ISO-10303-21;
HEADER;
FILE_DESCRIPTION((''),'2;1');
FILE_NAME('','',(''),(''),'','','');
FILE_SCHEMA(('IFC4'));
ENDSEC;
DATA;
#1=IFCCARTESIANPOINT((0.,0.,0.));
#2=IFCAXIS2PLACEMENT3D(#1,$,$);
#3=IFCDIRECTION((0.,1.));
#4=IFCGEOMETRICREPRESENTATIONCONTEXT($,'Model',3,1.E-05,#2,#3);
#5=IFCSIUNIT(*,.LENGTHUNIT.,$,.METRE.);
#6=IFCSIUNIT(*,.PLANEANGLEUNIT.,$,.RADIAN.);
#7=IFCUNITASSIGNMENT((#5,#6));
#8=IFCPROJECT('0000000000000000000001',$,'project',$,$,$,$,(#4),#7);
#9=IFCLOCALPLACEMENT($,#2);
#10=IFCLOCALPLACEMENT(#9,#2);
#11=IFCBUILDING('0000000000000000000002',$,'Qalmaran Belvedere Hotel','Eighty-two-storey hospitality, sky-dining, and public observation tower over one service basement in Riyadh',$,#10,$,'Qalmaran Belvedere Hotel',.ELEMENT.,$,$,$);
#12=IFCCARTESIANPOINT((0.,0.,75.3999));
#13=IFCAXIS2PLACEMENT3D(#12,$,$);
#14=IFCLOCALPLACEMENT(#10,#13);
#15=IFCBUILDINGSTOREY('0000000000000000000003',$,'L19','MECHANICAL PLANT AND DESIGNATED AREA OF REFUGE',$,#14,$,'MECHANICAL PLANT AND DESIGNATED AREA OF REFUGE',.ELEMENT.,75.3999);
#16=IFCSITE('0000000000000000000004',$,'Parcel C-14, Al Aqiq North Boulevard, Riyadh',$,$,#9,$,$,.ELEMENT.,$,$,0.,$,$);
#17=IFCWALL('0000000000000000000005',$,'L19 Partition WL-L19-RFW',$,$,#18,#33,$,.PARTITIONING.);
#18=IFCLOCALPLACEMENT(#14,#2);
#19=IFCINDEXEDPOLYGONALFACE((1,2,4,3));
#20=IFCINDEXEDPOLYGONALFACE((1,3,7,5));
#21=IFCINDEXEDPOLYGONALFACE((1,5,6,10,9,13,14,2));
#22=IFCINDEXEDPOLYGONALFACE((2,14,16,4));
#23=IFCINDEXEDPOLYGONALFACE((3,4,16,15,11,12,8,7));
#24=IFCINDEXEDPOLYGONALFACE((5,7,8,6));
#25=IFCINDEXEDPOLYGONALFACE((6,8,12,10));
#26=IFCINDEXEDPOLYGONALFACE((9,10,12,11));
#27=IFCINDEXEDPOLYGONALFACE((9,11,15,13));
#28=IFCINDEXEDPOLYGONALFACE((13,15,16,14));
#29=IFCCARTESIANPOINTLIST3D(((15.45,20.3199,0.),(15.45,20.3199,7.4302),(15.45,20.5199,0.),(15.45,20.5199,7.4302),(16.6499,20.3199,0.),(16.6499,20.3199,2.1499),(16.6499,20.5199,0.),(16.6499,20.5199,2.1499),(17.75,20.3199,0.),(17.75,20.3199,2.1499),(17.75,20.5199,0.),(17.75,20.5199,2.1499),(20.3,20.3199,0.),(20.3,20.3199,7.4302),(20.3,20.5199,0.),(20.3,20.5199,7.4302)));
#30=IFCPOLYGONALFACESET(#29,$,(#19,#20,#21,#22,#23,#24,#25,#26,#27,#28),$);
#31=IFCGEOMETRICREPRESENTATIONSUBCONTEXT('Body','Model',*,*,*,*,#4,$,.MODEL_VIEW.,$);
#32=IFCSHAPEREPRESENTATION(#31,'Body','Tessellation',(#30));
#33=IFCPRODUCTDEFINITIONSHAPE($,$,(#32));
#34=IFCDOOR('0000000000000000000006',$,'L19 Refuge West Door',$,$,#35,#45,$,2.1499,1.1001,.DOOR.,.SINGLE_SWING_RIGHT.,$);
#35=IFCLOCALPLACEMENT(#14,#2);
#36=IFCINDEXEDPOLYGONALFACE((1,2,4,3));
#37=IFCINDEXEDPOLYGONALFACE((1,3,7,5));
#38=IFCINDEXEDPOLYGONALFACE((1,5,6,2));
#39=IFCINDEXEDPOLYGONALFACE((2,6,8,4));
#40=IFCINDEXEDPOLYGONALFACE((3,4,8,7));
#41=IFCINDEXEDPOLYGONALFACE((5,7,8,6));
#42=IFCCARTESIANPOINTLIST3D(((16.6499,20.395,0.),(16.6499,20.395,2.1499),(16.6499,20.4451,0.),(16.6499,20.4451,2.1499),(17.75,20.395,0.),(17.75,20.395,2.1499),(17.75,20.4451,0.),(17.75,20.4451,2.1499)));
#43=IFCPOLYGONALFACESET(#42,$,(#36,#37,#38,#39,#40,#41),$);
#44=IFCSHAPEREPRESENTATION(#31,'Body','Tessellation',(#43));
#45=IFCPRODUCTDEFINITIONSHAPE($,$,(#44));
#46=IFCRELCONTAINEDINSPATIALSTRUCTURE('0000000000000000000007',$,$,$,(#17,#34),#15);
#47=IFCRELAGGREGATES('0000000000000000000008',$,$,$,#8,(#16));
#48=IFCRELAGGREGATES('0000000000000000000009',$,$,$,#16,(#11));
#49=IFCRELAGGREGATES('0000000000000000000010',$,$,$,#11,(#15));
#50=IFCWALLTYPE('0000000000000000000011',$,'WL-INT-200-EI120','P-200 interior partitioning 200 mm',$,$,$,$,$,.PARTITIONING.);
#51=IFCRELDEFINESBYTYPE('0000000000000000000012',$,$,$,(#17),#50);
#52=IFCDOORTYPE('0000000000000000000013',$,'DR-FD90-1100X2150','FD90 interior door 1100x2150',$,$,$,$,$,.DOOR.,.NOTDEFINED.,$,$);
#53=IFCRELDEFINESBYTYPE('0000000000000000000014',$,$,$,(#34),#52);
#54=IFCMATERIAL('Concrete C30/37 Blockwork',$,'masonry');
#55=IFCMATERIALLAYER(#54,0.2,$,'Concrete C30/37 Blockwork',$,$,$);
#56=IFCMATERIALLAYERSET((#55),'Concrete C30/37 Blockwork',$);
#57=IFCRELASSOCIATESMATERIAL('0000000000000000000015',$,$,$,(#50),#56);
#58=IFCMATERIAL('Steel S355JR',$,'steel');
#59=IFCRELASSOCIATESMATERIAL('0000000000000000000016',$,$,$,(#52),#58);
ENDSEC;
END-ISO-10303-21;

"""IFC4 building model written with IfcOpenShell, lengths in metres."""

from ifc_helpers import new_model, si_unit, direction, frame, frame_2d, origin, place, context, subcontext, project, spatial, rectangle, extrude, material, layer, layer_set, type_object, element, fill, save


model = new_model("IFC4")

# Units and contexts
model_context = context("Model", 3, precision=1e-05, world=origin(), true_north=direction((0.0, 1.0)))
body_context = subcontext(model_context, "Body", "Model", "MODEL_VIEW")
ifc_project = project(units=[si_unit("LENGTHUNIT", "METRE"), si_unit("PLANEANGLEUNIT", "RADIAN")], contexts=[model_context])

# Site, building, storey
site_placement = place(None, origin())
site = spatial("IfcSite", under=ifc_project, at=site_placement, Name="Parcel C-14, Al Aqiq North Boulevard, Riyadh", CompositionType="ELEMENT", RefElevation=0.0)
building_placement = place(site_placement, origin())
building = spatial("IfcBuilding", under=site, at=building_placement, Name="Qalmaran Belvedere Hotel", Description="Eighty-two-storey hospitality, sky-dining, and public observation tower over one service basement in Riyadh", LongName="Qalmaran Belvedere Hotel", CompositionType="ELEMENT")
storey_placement = place(building_placement, frame((0.0, 0.0, 75.3999)))
storey = spatial("IfcBuildingStorey", under=building, at=storey_placement, Name="L19", Description="MECHANICAL PLANT AND DESIGNATED AREA OF REFUGE", LongName="MECHANICAL PLANT AND DESIGNATED AREA OF REFUGE", CompositionType="ELEMENT", Elevation=75.3999)

# Shared definitions
ifc_material_1 = material(Name="Steel S355JR", Category="steel")

# Wall, opening, door
ifc_material_2 = material(Name="Concrete C30/37 Blockwork", Category="masonry")
ifc_layer_1 = layer(ifc_material_2, 0.2, Name="Concrete C30/37 Blockwork")
ifc_layer_set_1 = layer_set([ifc_layer_1], Name="Concrete C30/37 Blockwork")
wall_type = type_object("IfcWallType", Name="WL-INT-200-EI120", Description="P-200 interior partitioning 200 mm", PredefinedType="PARTITIONING", material=ifc_layer_set_1)
wall_placement = place(storey_placement, frame((15.45, 20.4199, 0.0), z_axis=(0.0, 0.0, 1.0), x_axis=(1.0, 0.0, 0.0)))
wall = element("IfcWall", 1, at=wall_placement, inside=storey, type_object=wall_type, Name="L19 Partition WL-L19-RFW", PredefinedType="PARTITIONING", context=body_context, shape_type="SweptSolid", body=[
    extrude(rectangle(XDim=4.8501, YDim=0.2, at=frame_2d((2.425, 0.0))), origin(), (0.0, 0.0, 1.0), 7.4302),
])
opening_placement = place(wall_placement, frame((2.3, 0.0, 0.0), z_axis=(0.0, 0.0, 1.0), x_axis=(-1.0, 0.0, 0.0)))
opening = element("IfcOpeningElement", 2, at=opening_placement, cuts=wall, PredefinedType="OPENING", context=body_context, shape_type="SweptSolid", body=[
    extrude(rectangle(XDim=1.1001, YDim=2.1499, at=frame_2d((0.55, 1.075))), frame((0.0, 0.1099, 0.0), z_axis=(0.0, -1.0, 0.0), x_axis=(1.0, 0.0, 0.0)), (0.0, 0.0, 1.0), 0.22),
])
door_type = type_object("IfcDoorType", Name="DR-FD90-1100X2150", Description="FD90 interior door 1100x2150", OperationType="NOTDEFINED", PredefinedType="DOOR", material=ifc_material_1)
door_placement = place(opening_placement, origin())
door = element("IfcDoor", 3, at=door_placement, inside=storey, type_object=door_type, Name="L19 Refuge West Door", OperationType="SINGLE_SWING_RIGHT", OverallHeight=2.1499, OverallWidth=1.1001, PredefinedType="DOOR", context=body_context, shape_type="SweptSolid", body=[
    extrude(rectangle(XDim=1.1001, YDim=2.1499, at=frame_2d((0.55, 1.075))), frame((0.0, 0.0249, 0.0), z_axis=(0.0, -1.0, 0.0), x_axis=(1.0, 0.0, 0.0)), (0.0, 0.0, 1.0), 0.05),
])
fill(opening, door)

save(model, "model.ifc")
